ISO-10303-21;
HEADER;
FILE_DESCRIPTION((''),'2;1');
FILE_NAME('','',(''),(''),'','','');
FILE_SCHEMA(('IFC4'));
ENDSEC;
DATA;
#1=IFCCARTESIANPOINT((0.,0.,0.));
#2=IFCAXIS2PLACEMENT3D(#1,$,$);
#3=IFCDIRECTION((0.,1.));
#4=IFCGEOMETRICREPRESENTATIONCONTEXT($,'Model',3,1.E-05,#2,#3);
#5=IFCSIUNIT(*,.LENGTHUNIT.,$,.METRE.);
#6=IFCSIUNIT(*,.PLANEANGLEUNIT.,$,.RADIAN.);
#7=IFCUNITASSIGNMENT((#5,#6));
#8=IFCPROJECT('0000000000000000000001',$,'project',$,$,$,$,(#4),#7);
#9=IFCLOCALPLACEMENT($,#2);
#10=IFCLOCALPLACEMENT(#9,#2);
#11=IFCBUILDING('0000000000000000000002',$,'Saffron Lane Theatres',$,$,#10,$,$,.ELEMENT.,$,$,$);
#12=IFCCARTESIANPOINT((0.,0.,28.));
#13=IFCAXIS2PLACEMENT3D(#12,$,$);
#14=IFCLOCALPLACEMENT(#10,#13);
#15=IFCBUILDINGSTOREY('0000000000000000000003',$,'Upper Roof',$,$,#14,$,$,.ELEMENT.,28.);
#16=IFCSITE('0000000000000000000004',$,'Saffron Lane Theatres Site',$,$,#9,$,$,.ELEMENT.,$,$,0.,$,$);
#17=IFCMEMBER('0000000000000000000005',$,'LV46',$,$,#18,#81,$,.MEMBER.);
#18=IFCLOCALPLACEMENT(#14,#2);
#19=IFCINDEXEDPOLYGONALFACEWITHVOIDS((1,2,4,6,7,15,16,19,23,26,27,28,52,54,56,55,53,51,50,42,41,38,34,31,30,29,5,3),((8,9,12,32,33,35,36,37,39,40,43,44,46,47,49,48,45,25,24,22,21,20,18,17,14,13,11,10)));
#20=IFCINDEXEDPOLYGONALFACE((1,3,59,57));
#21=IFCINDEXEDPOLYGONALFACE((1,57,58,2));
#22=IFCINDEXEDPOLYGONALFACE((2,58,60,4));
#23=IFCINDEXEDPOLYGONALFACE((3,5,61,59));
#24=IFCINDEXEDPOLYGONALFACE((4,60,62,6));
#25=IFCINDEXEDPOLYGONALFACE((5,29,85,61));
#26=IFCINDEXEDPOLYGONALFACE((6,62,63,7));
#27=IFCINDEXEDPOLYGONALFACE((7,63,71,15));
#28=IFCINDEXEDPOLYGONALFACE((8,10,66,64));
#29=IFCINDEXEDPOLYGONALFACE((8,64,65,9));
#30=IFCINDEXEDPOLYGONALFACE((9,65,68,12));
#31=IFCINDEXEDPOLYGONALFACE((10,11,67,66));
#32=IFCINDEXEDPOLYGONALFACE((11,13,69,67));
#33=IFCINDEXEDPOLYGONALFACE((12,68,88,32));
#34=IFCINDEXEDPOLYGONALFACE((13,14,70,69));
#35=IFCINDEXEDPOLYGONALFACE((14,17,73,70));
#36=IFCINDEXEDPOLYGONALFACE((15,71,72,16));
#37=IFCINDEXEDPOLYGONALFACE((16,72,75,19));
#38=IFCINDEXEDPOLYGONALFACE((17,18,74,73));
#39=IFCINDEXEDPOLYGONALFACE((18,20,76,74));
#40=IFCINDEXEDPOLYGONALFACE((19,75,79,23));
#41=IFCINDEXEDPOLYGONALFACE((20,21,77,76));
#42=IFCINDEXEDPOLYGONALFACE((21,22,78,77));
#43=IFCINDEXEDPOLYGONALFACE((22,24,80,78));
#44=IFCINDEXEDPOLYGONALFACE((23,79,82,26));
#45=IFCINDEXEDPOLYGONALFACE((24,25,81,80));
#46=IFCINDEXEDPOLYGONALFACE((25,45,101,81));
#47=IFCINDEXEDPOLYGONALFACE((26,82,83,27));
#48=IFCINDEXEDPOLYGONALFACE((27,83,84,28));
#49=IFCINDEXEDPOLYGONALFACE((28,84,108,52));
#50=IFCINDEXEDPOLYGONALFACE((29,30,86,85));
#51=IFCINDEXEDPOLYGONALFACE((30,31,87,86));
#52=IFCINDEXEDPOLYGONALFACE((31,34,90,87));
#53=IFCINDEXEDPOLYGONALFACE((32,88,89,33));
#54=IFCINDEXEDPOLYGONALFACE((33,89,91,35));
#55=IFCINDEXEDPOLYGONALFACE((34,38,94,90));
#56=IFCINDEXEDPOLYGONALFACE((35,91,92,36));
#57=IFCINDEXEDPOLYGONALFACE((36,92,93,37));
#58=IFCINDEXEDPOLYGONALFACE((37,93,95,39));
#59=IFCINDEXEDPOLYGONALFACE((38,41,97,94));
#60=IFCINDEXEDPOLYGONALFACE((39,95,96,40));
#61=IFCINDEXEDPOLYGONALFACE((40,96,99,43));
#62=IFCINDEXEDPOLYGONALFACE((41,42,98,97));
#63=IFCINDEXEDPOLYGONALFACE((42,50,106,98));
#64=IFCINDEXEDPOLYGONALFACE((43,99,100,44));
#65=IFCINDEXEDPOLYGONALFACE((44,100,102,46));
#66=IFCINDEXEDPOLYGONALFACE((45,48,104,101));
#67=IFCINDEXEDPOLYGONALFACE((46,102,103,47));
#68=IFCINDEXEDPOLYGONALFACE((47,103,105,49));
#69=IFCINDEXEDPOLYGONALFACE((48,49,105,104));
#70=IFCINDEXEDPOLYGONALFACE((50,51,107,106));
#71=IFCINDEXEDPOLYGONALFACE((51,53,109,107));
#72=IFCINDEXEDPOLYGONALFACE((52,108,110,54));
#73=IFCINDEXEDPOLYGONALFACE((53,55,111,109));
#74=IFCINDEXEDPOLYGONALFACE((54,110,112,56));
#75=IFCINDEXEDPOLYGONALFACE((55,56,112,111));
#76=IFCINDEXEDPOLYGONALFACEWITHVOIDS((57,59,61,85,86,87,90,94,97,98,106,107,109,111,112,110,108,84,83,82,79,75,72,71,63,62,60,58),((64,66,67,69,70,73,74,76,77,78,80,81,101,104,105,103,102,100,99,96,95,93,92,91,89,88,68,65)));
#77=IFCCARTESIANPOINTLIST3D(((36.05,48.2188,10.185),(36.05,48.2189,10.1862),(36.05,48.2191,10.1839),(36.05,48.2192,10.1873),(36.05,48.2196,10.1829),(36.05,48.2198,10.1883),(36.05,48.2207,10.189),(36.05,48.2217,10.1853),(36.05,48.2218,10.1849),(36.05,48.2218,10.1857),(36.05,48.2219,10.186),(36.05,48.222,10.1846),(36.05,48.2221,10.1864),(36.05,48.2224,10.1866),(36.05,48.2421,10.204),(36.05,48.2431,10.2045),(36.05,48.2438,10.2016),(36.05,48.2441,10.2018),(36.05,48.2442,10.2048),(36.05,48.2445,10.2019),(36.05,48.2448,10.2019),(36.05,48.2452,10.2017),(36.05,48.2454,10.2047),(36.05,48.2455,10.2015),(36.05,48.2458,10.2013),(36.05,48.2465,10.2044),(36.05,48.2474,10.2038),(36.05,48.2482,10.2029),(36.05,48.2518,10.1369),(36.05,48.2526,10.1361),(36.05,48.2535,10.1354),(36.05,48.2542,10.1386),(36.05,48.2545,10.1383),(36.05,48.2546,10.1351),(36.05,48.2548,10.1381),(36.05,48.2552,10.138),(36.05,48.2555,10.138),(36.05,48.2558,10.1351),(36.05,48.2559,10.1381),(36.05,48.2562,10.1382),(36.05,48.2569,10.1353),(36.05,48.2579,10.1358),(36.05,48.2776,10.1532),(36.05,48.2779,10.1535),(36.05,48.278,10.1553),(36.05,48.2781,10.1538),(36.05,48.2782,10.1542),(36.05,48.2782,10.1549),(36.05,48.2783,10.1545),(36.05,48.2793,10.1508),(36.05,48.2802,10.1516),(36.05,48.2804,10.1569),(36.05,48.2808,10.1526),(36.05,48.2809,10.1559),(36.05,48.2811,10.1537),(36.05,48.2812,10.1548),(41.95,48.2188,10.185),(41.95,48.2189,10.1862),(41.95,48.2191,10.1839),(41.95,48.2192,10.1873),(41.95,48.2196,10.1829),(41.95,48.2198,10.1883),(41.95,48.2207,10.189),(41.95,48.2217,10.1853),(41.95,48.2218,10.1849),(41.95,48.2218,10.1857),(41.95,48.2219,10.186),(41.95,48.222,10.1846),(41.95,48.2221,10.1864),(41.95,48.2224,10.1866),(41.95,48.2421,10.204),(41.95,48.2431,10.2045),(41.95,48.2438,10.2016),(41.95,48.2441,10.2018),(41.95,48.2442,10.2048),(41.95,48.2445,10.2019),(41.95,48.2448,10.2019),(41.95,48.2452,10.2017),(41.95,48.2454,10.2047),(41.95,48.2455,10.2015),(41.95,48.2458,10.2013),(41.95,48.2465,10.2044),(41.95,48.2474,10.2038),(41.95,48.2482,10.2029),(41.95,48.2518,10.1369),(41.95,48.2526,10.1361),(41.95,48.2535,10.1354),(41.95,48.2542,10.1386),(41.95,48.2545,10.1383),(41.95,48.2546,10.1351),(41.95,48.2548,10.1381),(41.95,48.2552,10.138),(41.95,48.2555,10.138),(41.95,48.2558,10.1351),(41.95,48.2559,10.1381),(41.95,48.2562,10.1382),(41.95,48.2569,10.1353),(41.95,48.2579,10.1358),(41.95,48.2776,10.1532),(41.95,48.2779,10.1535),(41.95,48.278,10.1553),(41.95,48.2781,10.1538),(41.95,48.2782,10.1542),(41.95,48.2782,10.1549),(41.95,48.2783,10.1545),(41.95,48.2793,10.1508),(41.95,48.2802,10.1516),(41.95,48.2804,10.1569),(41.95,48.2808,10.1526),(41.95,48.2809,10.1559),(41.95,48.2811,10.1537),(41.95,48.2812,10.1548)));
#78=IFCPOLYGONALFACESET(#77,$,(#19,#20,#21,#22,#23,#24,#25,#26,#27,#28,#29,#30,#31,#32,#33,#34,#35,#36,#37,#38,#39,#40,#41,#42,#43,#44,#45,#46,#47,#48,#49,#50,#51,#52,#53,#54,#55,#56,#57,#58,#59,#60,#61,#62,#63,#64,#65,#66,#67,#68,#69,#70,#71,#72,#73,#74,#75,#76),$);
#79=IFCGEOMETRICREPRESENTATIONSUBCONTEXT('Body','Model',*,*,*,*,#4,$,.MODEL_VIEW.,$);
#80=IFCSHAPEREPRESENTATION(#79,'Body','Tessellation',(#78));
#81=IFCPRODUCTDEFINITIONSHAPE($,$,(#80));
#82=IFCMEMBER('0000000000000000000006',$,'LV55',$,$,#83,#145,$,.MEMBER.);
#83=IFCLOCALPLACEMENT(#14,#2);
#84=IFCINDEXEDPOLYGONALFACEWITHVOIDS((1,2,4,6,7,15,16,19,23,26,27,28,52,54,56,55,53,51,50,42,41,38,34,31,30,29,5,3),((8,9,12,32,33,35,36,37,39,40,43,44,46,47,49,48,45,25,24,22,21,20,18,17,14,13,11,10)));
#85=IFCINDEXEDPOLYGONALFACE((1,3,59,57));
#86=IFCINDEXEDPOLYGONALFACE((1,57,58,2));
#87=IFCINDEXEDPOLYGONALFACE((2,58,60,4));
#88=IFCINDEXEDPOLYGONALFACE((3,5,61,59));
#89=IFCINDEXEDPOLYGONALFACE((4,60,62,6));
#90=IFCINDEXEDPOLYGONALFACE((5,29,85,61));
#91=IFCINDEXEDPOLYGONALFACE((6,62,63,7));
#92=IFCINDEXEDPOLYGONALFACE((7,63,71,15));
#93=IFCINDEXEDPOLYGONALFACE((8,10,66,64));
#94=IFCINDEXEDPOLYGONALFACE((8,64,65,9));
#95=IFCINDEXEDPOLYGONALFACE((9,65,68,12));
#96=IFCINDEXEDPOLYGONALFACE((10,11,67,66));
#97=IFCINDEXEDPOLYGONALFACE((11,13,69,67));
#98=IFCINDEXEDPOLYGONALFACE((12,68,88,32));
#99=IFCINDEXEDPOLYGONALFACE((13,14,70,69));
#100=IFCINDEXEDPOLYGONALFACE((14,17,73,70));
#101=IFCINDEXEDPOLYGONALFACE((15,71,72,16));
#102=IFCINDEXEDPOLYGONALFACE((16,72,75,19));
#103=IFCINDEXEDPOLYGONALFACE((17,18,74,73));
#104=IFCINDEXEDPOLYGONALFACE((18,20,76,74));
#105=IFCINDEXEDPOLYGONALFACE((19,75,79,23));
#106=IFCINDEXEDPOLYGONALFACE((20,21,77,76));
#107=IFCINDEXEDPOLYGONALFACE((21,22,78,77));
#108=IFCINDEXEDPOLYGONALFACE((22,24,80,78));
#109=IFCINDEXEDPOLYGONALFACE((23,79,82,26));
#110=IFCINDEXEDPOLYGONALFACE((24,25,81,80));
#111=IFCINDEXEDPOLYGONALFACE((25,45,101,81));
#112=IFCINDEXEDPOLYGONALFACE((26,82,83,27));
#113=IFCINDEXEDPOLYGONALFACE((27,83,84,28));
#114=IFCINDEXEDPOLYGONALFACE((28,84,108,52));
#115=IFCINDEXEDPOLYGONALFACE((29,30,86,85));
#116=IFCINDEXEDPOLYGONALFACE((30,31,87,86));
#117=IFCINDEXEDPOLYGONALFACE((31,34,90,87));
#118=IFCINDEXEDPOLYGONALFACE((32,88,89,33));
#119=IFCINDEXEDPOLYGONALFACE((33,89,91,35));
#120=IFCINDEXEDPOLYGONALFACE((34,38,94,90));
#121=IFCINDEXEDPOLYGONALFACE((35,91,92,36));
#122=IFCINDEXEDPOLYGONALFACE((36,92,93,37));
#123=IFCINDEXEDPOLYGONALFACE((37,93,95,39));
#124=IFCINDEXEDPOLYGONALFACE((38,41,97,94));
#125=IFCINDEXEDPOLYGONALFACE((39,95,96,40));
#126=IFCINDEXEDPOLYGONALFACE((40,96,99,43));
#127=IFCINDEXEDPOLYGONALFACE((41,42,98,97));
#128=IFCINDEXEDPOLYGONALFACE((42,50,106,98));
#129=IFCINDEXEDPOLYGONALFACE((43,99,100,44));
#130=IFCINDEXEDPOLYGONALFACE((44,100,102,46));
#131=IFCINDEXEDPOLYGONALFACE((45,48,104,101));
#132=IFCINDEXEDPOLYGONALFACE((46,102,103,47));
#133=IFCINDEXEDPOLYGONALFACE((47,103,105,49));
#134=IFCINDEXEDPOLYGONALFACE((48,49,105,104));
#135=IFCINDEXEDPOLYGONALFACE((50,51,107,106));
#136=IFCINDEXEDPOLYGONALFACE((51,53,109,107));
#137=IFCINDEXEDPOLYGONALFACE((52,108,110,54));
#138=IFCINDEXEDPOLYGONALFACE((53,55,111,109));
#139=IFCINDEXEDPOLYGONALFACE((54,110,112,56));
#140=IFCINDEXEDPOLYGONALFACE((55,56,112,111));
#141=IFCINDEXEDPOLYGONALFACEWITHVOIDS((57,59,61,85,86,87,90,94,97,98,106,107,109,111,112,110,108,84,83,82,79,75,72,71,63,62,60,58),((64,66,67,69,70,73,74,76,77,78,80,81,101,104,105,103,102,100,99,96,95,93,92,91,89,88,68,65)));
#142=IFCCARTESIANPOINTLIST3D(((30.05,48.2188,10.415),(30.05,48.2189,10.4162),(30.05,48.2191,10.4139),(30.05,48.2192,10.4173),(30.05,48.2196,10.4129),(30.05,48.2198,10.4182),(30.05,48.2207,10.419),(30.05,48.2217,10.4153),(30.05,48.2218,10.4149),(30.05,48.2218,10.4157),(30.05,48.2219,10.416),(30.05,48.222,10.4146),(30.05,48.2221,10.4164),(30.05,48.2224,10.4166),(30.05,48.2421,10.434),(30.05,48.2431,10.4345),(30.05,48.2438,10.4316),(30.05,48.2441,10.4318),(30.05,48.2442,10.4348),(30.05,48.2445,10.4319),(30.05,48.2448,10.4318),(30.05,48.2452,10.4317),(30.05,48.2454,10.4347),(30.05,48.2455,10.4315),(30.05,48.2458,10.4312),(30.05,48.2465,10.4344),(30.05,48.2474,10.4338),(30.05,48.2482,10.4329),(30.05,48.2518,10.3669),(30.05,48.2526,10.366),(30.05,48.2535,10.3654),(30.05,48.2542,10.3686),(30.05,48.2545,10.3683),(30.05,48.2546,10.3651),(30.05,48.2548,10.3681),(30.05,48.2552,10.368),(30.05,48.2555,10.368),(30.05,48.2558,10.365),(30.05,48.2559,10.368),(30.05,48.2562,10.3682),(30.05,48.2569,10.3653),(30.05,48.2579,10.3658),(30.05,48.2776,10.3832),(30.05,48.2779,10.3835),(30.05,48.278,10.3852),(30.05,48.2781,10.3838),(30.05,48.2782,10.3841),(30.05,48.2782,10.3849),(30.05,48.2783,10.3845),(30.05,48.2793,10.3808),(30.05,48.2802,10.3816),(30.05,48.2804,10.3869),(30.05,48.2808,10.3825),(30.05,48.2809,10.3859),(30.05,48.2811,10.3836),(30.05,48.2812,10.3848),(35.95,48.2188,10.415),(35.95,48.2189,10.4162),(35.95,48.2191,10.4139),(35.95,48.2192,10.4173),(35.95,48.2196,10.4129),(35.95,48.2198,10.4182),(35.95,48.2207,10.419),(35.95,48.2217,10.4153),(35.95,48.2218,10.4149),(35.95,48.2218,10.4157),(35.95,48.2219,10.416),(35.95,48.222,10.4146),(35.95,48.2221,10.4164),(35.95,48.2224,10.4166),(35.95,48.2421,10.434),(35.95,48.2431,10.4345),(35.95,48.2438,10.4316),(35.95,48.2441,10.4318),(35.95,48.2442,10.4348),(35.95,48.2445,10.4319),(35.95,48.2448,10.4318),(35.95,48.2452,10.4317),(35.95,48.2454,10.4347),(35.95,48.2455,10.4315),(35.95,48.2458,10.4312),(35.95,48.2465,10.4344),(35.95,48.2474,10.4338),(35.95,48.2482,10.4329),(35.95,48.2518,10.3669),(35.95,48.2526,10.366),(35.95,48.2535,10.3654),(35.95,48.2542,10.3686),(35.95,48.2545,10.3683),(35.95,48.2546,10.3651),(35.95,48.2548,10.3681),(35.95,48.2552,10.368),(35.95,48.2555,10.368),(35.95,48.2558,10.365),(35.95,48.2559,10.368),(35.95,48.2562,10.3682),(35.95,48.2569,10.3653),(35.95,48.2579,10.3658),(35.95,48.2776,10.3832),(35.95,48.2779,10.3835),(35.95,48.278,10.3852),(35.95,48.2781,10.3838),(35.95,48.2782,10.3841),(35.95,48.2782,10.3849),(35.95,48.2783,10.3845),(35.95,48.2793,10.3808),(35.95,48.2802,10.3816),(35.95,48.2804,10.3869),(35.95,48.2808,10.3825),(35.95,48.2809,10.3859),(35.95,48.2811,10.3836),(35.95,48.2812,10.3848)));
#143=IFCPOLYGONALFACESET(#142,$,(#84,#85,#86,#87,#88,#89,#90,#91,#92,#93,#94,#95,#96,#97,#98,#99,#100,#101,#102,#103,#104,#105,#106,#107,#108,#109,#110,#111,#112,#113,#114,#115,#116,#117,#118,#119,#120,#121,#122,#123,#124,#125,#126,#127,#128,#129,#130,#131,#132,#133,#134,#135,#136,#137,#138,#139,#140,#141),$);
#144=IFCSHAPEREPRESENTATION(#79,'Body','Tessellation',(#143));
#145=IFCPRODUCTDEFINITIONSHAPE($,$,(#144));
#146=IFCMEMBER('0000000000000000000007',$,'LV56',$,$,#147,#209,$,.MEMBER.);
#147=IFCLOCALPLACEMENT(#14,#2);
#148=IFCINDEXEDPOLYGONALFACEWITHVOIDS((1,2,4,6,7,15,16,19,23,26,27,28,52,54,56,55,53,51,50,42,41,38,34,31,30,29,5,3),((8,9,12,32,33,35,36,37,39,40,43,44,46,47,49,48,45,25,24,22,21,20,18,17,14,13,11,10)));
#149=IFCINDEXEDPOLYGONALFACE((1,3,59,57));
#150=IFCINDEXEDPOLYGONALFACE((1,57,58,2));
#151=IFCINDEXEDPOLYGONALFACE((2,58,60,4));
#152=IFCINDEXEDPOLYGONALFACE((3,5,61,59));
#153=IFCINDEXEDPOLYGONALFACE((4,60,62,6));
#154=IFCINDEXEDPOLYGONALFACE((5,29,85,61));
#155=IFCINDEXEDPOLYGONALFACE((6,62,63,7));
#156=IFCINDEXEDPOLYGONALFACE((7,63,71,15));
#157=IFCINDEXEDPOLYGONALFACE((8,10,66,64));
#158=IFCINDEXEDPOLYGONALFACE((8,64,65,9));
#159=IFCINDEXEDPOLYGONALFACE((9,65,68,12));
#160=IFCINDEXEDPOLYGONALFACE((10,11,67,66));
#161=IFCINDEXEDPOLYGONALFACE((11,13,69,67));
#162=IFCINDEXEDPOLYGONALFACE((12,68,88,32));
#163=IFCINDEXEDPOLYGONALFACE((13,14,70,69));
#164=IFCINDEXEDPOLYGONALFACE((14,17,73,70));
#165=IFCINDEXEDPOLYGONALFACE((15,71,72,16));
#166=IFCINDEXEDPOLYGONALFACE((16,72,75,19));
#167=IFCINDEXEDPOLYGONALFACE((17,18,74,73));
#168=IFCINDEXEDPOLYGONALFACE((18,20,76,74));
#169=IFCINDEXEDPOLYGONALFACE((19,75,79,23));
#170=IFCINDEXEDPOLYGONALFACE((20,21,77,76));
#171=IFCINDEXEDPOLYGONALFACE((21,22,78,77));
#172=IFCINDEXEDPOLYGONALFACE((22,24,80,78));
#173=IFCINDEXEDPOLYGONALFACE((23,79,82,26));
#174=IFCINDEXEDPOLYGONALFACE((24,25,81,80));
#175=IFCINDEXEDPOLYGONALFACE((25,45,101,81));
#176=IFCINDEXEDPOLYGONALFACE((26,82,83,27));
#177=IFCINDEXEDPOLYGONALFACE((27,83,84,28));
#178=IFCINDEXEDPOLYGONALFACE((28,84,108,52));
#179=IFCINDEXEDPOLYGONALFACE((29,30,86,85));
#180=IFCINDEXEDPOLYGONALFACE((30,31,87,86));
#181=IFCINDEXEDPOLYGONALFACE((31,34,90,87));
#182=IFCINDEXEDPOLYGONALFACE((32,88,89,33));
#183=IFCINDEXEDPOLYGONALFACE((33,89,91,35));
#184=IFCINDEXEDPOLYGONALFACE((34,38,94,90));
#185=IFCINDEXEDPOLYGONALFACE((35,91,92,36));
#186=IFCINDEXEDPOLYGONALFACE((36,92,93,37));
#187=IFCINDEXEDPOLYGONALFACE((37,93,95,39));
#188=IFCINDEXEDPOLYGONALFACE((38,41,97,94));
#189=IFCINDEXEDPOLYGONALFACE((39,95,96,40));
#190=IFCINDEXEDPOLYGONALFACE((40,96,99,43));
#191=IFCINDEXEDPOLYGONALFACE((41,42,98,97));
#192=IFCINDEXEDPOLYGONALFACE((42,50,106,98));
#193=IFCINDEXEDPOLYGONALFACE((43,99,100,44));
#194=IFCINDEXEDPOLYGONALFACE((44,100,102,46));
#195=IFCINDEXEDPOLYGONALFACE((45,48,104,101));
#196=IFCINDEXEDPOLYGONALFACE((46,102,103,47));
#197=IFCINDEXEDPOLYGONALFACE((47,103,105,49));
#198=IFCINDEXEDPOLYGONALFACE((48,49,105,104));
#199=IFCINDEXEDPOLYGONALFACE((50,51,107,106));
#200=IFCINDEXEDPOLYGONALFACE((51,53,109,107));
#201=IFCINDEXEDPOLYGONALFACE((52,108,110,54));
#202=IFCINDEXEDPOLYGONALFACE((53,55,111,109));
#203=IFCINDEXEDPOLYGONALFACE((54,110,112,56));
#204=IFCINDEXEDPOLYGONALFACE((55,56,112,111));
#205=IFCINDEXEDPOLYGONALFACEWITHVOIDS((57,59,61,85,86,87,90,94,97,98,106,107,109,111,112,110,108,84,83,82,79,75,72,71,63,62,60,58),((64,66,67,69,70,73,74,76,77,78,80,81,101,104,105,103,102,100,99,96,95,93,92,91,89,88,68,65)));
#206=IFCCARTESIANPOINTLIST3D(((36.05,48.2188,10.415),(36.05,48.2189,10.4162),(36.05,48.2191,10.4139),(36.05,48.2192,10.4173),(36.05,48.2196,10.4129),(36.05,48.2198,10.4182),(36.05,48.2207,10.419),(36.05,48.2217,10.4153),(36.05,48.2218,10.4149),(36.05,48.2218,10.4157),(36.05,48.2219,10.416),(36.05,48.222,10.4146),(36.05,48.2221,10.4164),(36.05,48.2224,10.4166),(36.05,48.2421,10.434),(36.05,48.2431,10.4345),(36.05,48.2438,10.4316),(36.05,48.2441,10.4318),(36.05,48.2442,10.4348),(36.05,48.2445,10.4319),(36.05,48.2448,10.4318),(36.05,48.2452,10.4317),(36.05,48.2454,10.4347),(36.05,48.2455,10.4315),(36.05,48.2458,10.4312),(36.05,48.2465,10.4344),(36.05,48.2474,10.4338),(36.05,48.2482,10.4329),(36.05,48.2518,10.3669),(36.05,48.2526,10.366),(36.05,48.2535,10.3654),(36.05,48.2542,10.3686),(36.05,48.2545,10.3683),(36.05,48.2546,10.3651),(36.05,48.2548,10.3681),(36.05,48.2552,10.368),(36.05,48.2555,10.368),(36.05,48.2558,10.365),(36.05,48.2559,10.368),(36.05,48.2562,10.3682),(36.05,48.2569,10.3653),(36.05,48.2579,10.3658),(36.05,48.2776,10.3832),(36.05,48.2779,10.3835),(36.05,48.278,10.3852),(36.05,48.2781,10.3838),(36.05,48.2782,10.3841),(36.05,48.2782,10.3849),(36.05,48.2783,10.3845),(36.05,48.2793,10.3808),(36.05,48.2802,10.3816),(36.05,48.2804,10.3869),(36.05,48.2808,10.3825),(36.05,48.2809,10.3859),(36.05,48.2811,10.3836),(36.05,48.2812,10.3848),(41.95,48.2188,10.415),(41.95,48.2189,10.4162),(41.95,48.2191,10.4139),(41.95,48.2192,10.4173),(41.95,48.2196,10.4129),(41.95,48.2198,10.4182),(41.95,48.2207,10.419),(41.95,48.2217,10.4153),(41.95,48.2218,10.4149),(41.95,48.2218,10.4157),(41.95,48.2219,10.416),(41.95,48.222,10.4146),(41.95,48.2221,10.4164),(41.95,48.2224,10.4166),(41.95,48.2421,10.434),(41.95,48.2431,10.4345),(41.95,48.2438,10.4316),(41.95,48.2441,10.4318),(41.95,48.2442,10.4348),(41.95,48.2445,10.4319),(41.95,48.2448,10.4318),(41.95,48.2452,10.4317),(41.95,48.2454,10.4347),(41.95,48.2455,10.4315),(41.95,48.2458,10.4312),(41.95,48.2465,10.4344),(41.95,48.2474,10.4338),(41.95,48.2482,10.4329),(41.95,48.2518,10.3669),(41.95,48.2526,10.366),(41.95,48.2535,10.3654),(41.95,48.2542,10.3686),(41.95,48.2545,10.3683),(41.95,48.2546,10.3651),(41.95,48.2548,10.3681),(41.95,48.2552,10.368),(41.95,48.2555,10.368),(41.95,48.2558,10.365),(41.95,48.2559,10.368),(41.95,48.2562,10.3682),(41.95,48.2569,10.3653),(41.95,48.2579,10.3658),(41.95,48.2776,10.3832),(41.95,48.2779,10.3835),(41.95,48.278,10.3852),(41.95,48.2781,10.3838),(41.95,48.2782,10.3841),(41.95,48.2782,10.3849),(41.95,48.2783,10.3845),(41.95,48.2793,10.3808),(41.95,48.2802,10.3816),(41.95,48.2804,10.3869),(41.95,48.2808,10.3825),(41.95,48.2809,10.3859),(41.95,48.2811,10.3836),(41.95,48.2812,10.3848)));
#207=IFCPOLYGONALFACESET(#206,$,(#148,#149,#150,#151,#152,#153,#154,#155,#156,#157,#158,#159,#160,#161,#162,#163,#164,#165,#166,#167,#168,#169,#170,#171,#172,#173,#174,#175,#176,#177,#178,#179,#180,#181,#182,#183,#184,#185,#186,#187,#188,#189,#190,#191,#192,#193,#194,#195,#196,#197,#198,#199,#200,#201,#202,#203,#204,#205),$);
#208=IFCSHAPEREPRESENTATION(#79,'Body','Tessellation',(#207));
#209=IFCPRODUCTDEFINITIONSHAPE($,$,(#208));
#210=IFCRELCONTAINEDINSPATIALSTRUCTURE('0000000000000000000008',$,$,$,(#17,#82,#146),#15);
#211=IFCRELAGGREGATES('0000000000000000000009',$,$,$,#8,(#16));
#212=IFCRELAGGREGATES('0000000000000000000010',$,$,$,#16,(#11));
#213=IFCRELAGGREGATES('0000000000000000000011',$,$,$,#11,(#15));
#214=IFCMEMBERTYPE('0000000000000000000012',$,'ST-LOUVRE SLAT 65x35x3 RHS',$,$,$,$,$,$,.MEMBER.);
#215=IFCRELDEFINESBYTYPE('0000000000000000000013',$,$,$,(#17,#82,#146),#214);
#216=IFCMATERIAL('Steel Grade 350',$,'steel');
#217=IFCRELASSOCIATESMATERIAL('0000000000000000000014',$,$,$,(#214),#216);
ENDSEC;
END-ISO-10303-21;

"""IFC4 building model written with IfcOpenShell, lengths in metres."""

from ifc_helpers import new_model, si_unit, direction, frame, origin, origin_2d, place, context, subcontext, project, spatial, hollow_rectangle, extrude, material, material_profile, profile_set, type_object, element, save


model = new_model("IFC4")

# Units and contexts
model_context = context("Model", 3, precision=1e-05, world=origin(), true_north=direction((0.0, 1.0)))
body_context = subcontext(model_context, "Body", "Model", "MODEL_VIEW")
ifc_project = project(units=[si_unit("LENGTHUNIT", "METRE"), si_unit("PLANEANGLEUNIT", "RADIAN")], contexts=[model_context])

# Site, building, storey
site_placement = place(None, origin())
site = spatial("IfcSite", under=ifc_project, at=site_placement, Name="Saffron Lane Theatres Site", CompositionType="ELEMENT", RefElevation=0.0)
building_placement = place(site_placement, origin())
building = spatial("IfcBuilding", under=site, at=building_placement, Name="Saffron Lane Theatres", CompositionType="ELEMENT")
storey_placement = place(building_placement, frame((0.0, 0.0, 28.0)))
storey = spatial("IfcBuildingStorey", under=building, at=storey_placement, Name="Upper Roof", CompositionType="ELEMENT", Elevation=28.0)

# Members
ifc_material_1 = material(Name="Steel Grade 350", Category="steel")
ifc_material_profile_1 = material_profile(ifc_material_1, hollow_rectangle(XDim=0.0349, YDim=0.0649, WallThickness=0.0029, InnerFilletRadius=0.0015, OuterFilletRadius=0.0044, at=origin_2d()))
ifc_profile_set_1 = profile_set([ifc_material_profile_1], Name="Steel Grade 350")
member_type_1 = type_object("IfcMemberType", Name="ST-LOUVRE SLAT 65x35x3 RHS", PredefinedType="MEMBER", material=ifc_profile_set_1)
for number, where, z_axis, x_axis, name in (
    (1, (36.05, 48.25, 10.1699), (1.0, 0.0, 0.0), (0.0, 0.819152, 0.573576), "LV46"),
    (2, (30.05, 48.25, 10.3999), (1.0, 0.0, 0.0), (0.0, 0.819152, 0.573576), "LV55"),
    (3, (36.05, 48.25, 10.3999), (1.0, 0.0, 0.0), (0.0, 0.819152, 0.573576), "LV56"),
):
    element("IfcMember", number, at=place(storey_placement, frame(where, z_axis=z_axis, x_axis=x_axis)), inside=storey, type_object=member_type_1, Name=name, PredefinedType="MEMBER", context=body_context, shape_type="SweptSolid", body=[
        extrude(hollow_rectangle(XDim=0.0349, YDim=0.0649, WallThickness=0.0029, InnerFilletRadius=0.0015, OuterFilletRadius=0.0044, at=origin_2d()), origin(), (0.0, 0.0, 1.0), 5.8999),
    ])

save(model, "model.ifc")
